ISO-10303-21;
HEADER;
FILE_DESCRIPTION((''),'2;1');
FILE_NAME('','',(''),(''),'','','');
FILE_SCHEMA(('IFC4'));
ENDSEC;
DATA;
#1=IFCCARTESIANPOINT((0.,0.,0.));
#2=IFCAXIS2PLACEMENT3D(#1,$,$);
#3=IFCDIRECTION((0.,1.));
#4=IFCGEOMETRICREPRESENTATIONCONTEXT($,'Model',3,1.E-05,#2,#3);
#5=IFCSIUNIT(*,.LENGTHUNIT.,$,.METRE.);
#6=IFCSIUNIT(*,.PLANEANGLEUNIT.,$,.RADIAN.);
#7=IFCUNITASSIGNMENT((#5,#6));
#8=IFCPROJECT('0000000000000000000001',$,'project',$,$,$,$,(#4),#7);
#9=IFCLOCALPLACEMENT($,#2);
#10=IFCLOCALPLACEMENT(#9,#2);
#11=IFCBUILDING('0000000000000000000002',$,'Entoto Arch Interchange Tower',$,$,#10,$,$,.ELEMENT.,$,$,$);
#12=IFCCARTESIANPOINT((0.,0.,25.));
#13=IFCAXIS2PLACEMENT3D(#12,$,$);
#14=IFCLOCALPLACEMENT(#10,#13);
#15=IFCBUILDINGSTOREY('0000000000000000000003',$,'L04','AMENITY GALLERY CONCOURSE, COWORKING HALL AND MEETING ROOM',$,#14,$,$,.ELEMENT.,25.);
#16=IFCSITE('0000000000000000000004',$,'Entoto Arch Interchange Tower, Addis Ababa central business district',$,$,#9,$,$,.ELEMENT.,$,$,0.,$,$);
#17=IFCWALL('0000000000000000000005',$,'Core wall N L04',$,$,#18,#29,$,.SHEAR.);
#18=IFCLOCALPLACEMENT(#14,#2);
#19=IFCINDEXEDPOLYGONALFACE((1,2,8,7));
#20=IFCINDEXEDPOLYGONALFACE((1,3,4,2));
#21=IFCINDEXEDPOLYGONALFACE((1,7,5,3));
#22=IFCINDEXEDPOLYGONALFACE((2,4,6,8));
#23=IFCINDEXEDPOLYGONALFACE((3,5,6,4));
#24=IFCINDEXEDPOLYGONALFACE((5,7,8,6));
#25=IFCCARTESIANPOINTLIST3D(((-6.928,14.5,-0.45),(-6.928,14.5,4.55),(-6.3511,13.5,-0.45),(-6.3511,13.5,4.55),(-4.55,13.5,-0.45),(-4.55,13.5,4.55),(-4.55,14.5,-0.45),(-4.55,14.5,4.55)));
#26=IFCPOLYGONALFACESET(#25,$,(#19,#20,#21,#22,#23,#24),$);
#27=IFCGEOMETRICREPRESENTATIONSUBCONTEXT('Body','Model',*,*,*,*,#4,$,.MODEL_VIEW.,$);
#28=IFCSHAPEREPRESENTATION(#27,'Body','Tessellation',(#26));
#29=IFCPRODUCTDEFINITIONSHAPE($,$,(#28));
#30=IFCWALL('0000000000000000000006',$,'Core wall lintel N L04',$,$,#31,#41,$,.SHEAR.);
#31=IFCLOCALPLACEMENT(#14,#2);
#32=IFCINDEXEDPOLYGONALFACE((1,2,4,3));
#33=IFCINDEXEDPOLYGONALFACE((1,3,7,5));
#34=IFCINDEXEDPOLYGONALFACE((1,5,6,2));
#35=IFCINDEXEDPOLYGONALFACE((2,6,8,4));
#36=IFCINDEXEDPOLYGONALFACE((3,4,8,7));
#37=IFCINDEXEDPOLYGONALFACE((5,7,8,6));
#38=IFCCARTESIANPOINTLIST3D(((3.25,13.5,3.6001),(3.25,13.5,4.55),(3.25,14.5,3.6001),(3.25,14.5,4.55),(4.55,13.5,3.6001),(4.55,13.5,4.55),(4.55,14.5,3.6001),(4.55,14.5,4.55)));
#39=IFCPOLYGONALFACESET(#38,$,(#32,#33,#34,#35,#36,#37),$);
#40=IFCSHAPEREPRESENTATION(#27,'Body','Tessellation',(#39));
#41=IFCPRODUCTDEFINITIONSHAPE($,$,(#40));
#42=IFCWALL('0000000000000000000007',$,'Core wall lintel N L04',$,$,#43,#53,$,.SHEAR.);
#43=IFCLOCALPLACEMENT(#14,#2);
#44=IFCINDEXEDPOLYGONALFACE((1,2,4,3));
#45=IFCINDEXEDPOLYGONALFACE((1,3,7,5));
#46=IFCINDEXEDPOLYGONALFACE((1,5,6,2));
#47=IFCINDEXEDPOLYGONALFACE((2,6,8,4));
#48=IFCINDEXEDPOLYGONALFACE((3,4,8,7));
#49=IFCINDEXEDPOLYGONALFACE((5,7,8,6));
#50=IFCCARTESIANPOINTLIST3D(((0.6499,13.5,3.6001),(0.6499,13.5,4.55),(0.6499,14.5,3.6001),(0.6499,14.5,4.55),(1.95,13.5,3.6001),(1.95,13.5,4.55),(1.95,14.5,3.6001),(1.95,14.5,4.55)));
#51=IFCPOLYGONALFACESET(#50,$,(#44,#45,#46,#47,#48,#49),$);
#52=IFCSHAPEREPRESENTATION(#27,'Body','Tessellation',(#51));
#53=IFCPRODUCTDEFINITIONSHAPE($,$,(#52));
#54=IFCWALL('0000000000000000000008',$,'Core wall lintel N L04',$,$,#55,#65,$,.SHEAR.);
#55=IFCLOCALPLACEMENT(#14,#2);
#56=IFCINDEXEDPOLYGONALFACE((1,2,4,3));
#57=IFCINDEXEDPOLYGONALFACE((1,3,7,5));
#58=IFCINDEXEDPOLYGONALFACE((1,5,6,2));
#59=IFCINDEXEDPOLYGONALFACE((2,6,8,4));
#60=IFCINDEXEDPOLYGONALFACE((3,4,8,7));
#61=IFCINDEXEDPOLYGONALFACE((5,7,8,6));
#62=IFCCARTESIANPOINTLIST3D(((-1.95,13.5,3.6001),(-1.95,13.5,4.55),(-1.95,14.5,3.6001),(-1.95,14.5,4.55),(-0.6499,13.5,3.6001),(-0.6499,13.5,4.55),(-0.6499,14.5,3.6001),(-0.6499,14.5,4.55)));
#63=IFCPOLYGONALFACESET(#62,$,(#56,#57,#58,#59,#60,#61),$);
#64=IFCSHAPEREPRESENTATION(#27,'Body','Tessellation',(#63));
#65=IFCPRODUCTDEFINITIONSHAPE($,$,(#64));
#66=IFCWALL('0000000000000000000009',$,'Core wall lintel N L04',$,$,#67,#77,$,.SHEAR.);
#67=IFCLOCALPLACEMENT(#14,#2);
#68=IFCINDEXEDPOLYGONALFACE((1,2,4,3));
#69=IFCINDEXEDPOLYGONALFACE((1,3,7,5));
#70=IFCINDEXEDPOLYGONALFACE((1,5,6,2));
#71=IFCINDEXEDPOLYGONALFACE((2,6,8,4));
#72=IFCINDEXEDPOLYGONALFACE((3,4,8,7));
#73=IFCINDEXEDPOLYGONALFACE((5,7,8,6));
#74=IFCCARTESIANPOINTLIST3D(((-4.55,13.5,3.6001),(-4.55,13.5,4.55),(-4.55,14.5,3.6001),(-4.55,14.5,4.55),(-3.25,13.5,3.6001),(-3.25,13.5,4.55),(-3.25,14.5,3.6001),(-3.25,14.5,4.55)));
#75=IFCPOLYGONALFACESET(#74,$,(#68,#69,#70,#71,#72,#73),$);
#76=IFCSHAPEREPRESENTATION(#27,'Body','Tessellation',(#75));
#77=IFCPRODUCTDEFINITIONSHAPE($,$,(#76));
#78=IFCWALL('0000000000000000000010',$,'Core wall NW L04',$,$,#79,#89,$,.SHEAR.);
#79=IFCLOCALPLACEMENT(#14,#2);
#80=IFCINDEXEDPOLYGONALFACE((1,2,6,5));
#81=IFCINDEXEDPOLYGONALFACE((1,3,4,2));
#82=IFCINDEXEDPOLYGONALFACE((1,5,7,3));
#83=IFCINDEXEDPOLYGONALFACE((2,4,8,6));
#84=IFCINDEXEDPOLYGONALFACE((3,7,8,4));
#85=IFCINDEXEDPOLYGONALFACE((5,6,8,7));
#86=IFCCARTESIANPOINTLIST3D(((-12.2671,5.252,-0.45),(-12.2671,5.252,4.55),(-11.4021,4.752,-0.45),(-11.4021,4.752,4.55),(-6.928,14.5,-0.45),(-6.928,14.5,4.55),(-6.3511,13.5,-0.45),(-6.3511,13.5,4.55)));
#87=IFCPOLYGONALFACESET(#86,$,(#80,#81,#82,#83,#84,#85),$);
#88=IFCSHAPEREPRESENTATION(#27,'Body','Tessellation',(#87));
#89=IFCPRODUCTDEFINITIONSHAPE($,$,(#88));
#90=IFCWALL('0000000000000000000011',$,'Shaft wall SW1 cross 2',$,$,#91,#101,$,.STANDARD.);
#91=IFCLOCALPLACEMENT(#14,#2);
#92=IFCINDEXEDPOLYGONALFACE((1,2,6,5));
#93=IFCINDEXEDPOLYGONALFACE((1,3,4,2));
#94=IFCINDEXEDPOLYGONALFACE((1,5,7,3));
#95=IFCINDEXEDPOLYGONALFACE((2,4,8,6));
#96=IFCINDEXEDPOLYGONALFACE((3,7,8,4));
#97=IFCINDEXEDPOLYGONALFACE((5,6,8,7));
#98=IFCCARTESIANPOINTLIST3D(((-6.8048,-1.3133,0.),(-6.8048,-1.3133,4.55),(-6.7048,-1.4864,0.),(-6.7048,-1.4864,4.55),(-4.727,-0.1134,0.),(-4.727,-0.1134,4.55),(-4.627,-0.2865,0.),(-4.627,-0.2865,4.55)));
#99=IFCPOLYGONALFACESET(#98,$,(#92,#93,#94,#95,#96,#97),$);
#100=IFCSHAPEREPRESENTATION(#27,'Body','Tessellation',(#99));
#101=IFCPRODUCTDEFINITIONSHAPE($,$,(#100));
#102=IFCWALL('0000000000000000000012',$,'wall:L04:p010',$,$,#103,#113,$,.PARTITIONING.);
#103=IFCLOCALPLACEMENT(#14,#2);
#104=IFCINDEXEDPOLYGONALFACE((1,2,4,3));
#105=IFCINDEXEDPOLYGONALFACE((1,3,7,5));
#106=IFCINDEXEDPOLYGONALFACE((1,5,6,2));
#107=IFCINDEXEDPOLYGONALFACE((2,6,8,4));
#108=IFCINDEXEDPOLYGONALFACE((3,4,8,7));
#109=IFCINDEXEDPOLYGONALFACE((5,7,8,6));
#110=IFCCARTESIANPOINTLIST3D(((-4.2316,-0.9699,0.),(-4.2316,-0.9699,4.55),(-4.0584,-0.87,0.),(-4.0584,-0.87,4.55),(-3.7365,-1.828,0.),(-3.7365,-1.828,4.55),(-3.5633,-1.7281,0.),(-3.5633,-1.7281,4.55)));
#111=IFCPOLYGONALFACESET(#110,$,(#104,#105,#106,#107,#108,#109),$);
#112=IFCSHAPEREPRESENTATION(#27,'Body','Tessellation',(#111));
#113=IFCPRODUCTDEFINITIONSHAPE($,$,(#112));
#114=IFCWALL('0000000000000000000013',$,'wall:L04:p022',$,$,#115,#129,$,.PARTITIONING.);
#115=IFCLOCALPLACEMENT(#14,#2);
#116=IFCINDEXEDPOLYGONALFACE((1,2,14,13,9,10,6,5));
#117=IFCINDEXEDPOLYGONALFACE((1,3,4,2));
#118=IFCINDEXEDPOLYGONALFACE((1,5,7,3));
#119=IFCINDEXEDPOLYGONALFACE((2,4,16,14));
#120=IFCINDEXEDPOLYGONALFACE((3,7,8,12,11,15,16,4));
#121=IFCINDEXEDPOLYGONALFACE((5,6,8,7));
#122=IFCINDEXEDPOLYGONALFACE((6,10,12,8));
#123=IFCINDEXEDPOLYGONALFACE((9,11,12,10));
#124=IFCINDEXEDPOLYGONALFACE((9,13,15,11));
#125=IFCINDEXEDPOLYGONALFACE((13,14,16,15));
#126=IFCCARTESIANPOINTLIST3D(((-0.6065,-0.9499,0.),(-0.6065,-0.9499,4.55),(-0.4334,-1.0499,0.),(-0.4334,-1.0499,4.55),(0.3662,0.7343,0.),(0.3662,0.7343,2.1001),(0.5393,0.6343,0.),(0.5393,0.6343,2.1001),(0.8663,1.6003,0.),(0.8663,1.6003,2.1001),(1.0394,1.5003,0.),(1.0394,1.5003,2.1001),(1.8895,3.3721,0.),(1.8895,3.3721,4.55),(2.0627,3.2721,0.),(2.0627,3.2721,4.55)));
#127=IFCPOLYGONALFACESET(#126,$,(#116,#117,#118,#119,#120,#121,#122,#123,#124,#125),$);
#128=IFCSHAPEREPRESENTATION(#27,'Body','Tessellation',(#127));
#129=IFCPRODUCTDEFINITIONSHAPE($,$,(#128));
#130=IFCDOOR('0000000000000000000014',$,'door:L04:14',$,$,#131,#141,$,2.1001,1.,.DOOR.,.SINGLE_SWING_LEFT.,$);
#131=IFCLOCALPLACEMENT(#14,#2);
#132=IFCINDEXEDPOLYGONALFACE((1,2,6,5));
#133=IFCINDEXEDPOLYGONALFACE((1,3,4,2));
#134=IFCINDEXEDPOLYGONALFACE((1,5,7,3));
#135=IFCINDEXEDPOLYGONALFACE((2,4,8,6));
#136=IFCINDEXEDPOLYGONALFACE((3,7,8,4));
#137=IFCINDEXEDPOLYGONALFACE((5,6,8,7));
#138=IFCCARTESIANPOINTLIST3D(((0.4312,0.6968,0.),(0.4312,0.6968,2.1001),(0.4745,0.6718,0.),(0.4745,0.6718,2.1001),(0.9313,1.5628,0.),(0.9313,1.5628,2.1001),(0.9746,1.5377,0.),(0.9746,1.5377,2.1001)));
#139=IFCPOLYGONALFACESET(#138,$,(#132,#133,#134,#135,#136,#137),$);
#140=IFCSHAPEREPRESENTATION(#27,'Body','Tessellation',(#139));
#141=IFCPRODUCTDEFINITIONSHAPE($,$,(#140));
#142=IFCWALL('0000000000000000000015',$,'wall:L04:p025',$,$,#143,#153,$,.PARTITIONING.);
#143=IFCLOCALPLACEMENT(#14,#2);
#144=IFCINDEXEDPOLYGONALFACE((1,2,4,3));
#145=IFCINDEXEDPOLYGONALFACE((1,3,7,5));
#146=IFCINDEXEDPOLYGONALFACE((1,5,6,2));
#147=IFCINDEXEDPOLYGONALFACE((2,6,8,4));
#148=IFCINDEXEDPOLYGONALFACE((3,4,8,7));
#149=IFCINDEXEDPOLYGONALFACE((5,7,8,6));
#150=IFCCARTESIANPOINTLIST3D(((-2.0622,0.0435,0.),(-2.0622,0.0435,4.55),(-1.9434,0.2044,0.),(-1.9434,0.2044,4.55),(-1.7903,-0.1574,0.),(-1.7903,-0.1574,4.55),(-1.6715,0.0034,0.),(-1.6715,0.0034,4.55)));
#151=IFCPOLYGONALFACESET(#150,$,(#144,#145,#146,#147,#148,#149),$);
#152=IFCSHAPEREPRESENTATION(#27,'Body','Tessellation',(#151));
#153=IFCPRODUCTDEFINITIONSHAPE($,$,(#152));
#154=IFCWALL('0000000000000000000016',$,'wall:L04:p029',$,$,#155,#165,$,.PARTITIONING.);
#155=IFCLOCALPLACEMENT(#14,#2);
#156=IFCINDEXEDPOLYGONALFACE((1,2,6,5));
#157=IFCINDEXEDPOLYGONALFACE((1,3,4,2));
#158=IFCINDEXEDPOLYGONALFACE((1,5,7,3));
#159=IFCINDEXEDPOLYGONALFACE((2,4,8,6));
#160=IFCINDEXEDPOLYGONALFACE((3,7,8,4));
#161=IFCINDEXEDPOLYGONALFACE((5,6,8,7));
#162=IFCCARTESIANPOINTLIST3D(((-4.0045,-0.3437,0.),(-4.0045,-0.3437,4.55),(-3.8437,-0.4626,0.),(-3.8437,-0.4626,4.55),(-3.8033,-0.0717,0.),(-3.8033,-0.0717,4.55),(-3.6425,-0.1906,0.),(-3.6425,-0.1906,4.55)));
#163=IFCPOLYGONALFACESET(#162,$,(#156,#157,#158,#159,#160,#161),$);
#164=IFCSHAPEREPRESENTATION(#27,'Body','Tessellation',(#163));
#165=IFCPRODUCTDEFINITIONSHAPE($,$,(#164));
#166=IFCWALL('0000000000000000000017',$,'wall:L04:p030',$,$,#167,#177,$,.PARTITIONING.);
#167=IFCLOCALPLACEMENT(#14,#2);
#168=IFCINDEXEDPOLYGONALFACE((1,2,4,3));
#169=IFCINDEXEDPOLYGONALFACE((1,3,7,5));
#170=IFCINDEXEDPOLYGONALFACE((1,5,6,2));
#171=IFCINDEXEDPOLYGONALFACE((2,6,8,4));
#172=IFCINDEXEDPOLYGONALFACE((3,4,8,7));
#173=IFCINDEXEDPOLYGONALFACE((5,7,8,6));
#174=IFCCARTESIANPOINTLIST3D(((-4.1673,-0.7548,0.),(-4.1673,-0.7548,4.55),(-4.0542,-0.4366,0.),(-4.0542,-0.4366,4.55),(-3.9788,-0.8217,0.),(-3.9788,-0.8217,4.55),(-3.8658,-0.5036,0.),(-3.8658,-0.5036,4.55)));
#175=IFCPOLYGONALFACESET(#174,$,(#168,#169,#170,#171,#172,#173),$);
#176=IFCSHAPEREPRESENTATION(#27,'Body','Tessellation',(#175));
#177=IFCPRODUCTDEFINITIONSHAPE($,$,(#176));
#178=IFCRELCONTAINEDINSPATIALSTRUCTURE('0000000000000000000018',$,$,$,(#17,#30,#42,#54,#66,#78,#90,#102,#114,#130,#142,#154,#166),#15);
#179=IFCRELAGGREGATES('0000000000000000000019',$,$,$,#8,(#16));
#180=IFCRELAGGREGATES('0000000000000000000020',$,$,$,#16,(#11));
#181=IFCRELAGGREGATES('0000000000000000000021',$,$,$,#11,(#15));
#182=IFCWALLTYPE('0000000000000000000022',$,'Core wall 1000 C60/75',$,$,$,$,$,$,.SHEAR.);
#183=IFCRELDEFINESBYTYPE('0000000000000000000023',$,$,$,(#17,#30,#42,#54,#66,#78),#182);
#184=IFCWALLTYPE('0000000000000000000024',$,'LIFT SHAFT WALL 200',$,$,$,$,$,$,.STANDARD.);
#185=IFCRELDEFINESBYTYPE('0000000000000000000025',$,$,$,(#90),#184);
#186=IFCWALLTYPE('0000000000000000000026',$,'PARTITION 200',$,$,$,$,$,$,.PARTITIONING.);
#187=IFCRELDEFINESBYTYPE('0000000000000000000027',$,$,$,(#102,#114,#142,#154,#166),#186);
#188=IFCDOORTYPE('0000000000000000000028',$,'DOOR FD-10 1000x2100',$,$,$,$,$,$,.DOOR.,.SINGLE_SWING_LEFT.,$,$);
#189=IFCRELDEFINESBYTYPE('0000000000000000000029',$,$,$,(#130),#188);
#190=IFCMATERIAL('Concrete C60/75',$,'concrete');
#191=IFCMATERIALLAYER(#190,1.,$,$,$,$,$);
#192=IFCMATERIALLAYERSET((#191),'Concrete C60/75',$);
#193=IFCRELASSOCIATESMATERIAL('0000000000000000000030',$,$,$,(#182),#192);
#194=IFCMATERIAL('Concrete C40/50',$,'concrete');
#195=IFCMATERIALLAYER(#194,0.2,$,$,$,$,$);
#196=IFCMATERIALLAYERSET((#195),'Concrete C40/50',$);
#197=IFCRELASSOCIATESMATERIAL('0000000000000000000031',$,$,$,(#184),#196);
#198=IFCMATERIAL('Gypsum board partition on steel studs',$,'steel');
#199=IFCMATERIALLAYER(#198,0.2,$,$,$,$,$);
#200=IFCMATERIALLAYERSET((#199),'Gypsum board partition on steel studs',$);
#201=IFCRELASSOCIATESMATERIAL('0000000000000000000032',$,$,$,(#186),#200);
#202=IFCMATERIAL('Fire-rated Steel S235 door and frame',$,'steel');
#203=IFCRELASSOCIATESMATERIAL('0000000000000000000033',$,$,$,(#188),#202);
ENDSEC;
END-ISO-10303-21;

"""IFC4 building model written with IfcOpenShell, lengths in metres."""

from ifc_helpers import new_model, si_unit, direction, frame, frame_2d, origin, place, context, subcontext, project, spatial, polyline, rectangle, outline, extrude, material, layer, layer_set, type_object, element, fill, save


model = new_model("IFC4")

# Units and contexts
model_context = context("Model", 3, precision=1e-05, world=origin(), true_north=direction((0.0, 1.0)))
body_context = subcontext(model_context, "Body", "Model", "MODEL_VIEW")
ifc_project = project(units=[si_unit("LENGTHUNIT", "METRE"), si_unit("PLANEANGLEUNIT", "RADIAN")], contexts=[model_context])

# Site, building, storey
site_placement = place(None, origin())
site = spatial("IfcSite", under=ifc_project, at=site_placement, Name="Entoto Arch Interchange Tower, Addis Ababa central business district", CompositionType="ELEMENT", RefElevation=0.0)
building_placement = place(site_placement, origin())
building = spatial("IfcBuilding", under=site, at=building_placement, Name="Entoto Arch Interchange Tower", CompositionType="ELEMENT")
storey_placement = place(building_placement, frame((0.0, 0.0, 25.0)))
storey = spatial("IfcBuildingStorey", under=building, at=storey_placement, Name="L04", Description="AMENITY GALLERY CONCOURSE, COWORKING HALL AND MEETING ROOM", CompositionType="ELEMENT", Elevation=25.0)

# Shared definitions
ifc_material_1 = material(Name="Concrete C40/50", Category="concrete")

# Walls
ifc_material_2 = material(Name="Concrete C60/75", Category="concrete")
ifc_layer_1 = layer(ifc_material_2, 1.0)
ifc_layer_set_1 = layer_set([ifc_layer_1], Name="Concrete C60/75")
wall_type_1 = type_object("IfcWallType", Name="Core wall 1000 C60/75", PredefinedType="SHEAR", material=ifc_layer_set_1)
wall_1_placement = place(storey_placement, frame((0.0, 0.0, -0.45)))
element("IfcWall", 1, at=wall_1_placement, inside=storey, type_object=wall_type_1, Name="Core wall N L04", PredefinedType="SHEAR", context=body_context, shape_type="SweptSolid", body=[
    extrude(outline(polyline([(-4.55, 13.5), (-4.55, 14.5), (-6.928, 14.5), (-6.3511, 13.5), (-4.55, 13.5)])), origin(), (0.0, 0.0, 1.0), 5.0),
])
wall_2_placement = place(storey_placement, frame((0.0, 0.0, 3.6001)))
element("IfcWall", 2, at=wall_2_placement, inside=storey, type_object=wall_type_1, Name="Core wall lintel N L04", PredefinedType="SHEAR", context=body_context, shape_type="SweptSolid", body=[
    extrude(outline(polyline([(3.25, 14.5), (3.25, 13.5), (4.55, 13.5), (4.55, 14.5), (3.25, 14.5)])), origin(), (0.0, 0.0, 1.0), 0.95),
])
wall_3_placement = place(storey_placement, frame((0.0, 0.0, 3.6001)))
element("IfcWall", 3, at=wall_3_placement, inside=storey, type_object=wall_type_1, Name="Core wall lintel N L04", PredefinedType="SHEAR", context=body_context, shape_type="SweptSolid", body=[
    extrude(outline(polyline([(0.6499, 14.5), (0.6499, 13.5), (1.95, 13.5), (1.95, 14.5), (0.6499, 14.5)])), origin(), (0.0, 0.0, 1.0), 0.95),
])
wall_4_placement = place(storey_placement, frame((0.0, 0.0, 3.6001)))
element("IfcWall", 4, at=wall_4_placement, inside=storey, type_object=wall_type_1, Name="Core wall lintel N L04", PredefinedType="SHEAR", context=body_context, shape_type="SweptSolid", body=[
    extrude(outline(polyline([(-1.95, 14.5), (-1.95, 13.5), (-0.6499, 13.5), (-0.6499, 14.5), (-1.95, 14.5)])), origin(), (0.0, 0.0, 1.0), 0.95),
])
wall_5_placement = place(storey_placement, frame((0.0, 0.0, 3.6001)))
element("IfcWall", 5, at=wall_5_placement, inside=storey, type_object=wall_type_1, Name="Core wall lintel N L04", PredefinedType="SHEAR", context=body_context, shape_type="SweptSolid", body=[
    extrude(outline(polyline([(-4.55, 14.5), (-4.55, 13.5), (-3.25, 13.5), (-3.25, 14.5), (-4.55, 14.5)])), origin(), (0.0, 0.0, 1.0), 0.95),
])
wall_6_placement = place(storey_placement, frame((0.0, 0.0, -0.45)))
element("IfcWall", 6, at=wall_6_placement, inside=storey, type_object=wall_type_1, Name="Core wall NW L04", PredefinedType="SHEAR", context=body_context, shape_type="SweptSolid", body=[
    extrude(outline(polyline([(-12.2671, 5.252), (-11.4021, 4.752), (-6.3511, 13.5), (-6.928, 14.5), (-12.2671, 5.252)])), origin(), (0.0, 0.0, 1.0), 5.0),
])
ifc_layer_2 = layer(ifc_material_1, 0.2)
ifc_layer_set_2 = layer_set([ifc_layer_2], Name="Concrete C40/50")
wall_type_2 = type_object("IfcWallType", Name="LIFT SHAFT WALL 200", PredefinedType="STANDARD", material=ifc_layer_set_2)
wall_7_placement = place(storey_placement, frame((-4.677, -0.2, 0.0), z_axis=(0.0, 0.0, 1.0), x_axis=(-0.865974, -0.500089, 0.0)))
element("IfcWall", 7, at=wall_7_placement, inside=storey, type_object=wall_type_2, Name="Shaft wall SW1 cross 2", PredefinedType="STANDARD", context=body_context, shape_type="SweptSolid", body=[
    extrude(rectangle(XDim=2.3994, YDim=0.2, at=frame_2d((1.1997, 0.0))), origin(), (0.0, 0.0, 1.0), 4.55),
])
ifc_material_3 = material(Name="Gypsum board partition on steel studs", Category="steel")
ifc_layer_3 = layer(ifc_material_3, 0.2)
ifc_layer_set_3 = layer_set([ifc_layer_3], Name="Gypsum board partition on steel studs")
wall_type_3 = type_object("IfcWallType", Name="PARTITION 200", PredefinedType="PARTITIONING", material=ifc_layer_set_3)
wall_8_placement = place(storey_placement, frame((-4.145, -0.9199, 0.0), z_axis=(0.0, 0.0, 1.0), x_axis=(0.499744, -0.866173, 0.0)))
element("IfcWall", 8, at=wall_8_placement, inside=storey, type_object=wall_type_3, Name="wall:L04:p010", PredefinedType="PARTITIONING", context=body_context, shape_type="SweptSolid", body=[
    extrude(rectangle(XDim=0.9907, YDim=0.2, at=frame_2d((0.4954, 0.0))), origin(), (0.0, 0.0, 1.0), 4.55),
])

# Wall, opening, door
wall_9_placement = place(storey_placement, frame((-0.52, -1.0, 0.0), z_axis=(0.0, 0.0, 1.0), x_axis=(0.500116, 0.865958, 0.0)))
wall_9 = element("IfcWall", 9, at=wall_9_placement, inside=storey, type_object=wall_type_3, Name="wall:L04:p022", PredefinedType="PARTITIONING", context=body_context, shape_type="SweptSolid", body=[
    extrude(rectangle(XDim=4.991, YDim=0.2, at=frame_2d((2.4956, 0.0))), origin(), (0.0, 0.0, 1.0), 4.55),
])
opening_1_placement = place(wall_9_placement, frame((1.9451, 0.0, 0.0)))
opening_1 = element("IfcOpeningElement", 10, at=opening_1_placement, cuts=wall_9, PredefinedType="OPENING", context=body_context, shape_type="SweptSolid", body=[
    extrude(rectangle(XDim=1.0, YDim=2.1001, at=frame_2d((0.5, 1.05))), frame((0.0, 0.1099, 0.0), z_axis=(0.0, -1.0, 0.0), x_axis=(1.0, 0.0, 0.0)), (0.0, 0.0, 1.0), 0.22),
])
ifc_material_4 = material(Name="Fire-rated Steel S235 door and frame", Category="steel")
door_type_1 = type_object("IfcDoorType", Name="DOOR FD-10 1000x2100", OperationType="SINGLE_SWING_LEFT", PredefinedType="DOOR", material=ifc_material_4)
door_1_placement = place(opening_1_placement, origin())
door_1 = element("IfcDoor", 11, at=door_1_placement, inside=storey, type_object=door_type_1, Name="door:L04:14", OperationType="SINGLE_SWING_LEFT", OverallHeight=2.1001, OverallWidth=1.0, PredefinedType="DOOR", context=body_context, shape_type="SweptSolid", body=[
    extrude(rectangle(XDim=1.0, YDim=2.1001, at=frame_2d((0.5, 1.05))), frame((0.0, 0.0249, 0.0), z_axis=(0.0, -1.0, 0.0), x_axis=(1.0, 0.0, 0.0)), (0.0, 0.0, 1.0), 0.05),
])
fill(opening_1, door_1)

# Walls
wall_10_placement = place(storey_placement, frame((-1.731, -0.0769, 0.0), z_axis=(0.0, 0.0, 1.0), x_axis=(-0.804311, 0.594208, 0.0)))
element("IfcWall", 12, at=wall_10_placement, inside=storey, type_object=wall_type_3, Name="wall:L04:p025", PredefinedType="PARTITIONING", context=body_context, shape_type="SweptSolid", body=[
    extrude(rectangle(XDim=0.3381, YDim=0.2, at=frame_2d((0.1689, 0.0))), origin(), (0.0, 0.0, 1.0), 4.55),
])
wall_11_placement = place(storey_placement, frame((-3.7229, -0.1311, 0.0), z_axis=(0.0, 0.0, 1.0), x_axis=(-0.594675, -0.803966, 0.0)))
element("IfcWall", 13, at=wall_11_placement, inside=storey, type_object=wall_type_3, Name="wall:L04:p029", PredefinedType="PARTITIONING", context=body_context, shape_type="SweptSolid", body=[
    extrude(rectangle(XDim=0.3384, YDim=0.2, at=frame_2d((0.1692, 0.0))), origin(), (0.0, 0.0, 1.0), 4.55),
])
wall_12_placement = place(storey_placement, frame((-3.96, -0.47, 0.0), z_axis=(0.0, 0.0, 1.0), x_axis=(-0.334824, -0.942281, 0.0)))
element("IfcWall", 14, at=wall_12_placement, inside=storey, type_object=wall_type_3, Name="wall:L04:p030", PredefinedType="PARTITIONING", context=body_context, shape_type="SweptSolid", body=[
    extrude(rectangle(XDim=0.3376, YDim=0.2, at=frame_2d((0.1689, 0.0))), origin(), (0.0, 0.0, 1.0), 4.55),
])

save(model, "model.ifc")
